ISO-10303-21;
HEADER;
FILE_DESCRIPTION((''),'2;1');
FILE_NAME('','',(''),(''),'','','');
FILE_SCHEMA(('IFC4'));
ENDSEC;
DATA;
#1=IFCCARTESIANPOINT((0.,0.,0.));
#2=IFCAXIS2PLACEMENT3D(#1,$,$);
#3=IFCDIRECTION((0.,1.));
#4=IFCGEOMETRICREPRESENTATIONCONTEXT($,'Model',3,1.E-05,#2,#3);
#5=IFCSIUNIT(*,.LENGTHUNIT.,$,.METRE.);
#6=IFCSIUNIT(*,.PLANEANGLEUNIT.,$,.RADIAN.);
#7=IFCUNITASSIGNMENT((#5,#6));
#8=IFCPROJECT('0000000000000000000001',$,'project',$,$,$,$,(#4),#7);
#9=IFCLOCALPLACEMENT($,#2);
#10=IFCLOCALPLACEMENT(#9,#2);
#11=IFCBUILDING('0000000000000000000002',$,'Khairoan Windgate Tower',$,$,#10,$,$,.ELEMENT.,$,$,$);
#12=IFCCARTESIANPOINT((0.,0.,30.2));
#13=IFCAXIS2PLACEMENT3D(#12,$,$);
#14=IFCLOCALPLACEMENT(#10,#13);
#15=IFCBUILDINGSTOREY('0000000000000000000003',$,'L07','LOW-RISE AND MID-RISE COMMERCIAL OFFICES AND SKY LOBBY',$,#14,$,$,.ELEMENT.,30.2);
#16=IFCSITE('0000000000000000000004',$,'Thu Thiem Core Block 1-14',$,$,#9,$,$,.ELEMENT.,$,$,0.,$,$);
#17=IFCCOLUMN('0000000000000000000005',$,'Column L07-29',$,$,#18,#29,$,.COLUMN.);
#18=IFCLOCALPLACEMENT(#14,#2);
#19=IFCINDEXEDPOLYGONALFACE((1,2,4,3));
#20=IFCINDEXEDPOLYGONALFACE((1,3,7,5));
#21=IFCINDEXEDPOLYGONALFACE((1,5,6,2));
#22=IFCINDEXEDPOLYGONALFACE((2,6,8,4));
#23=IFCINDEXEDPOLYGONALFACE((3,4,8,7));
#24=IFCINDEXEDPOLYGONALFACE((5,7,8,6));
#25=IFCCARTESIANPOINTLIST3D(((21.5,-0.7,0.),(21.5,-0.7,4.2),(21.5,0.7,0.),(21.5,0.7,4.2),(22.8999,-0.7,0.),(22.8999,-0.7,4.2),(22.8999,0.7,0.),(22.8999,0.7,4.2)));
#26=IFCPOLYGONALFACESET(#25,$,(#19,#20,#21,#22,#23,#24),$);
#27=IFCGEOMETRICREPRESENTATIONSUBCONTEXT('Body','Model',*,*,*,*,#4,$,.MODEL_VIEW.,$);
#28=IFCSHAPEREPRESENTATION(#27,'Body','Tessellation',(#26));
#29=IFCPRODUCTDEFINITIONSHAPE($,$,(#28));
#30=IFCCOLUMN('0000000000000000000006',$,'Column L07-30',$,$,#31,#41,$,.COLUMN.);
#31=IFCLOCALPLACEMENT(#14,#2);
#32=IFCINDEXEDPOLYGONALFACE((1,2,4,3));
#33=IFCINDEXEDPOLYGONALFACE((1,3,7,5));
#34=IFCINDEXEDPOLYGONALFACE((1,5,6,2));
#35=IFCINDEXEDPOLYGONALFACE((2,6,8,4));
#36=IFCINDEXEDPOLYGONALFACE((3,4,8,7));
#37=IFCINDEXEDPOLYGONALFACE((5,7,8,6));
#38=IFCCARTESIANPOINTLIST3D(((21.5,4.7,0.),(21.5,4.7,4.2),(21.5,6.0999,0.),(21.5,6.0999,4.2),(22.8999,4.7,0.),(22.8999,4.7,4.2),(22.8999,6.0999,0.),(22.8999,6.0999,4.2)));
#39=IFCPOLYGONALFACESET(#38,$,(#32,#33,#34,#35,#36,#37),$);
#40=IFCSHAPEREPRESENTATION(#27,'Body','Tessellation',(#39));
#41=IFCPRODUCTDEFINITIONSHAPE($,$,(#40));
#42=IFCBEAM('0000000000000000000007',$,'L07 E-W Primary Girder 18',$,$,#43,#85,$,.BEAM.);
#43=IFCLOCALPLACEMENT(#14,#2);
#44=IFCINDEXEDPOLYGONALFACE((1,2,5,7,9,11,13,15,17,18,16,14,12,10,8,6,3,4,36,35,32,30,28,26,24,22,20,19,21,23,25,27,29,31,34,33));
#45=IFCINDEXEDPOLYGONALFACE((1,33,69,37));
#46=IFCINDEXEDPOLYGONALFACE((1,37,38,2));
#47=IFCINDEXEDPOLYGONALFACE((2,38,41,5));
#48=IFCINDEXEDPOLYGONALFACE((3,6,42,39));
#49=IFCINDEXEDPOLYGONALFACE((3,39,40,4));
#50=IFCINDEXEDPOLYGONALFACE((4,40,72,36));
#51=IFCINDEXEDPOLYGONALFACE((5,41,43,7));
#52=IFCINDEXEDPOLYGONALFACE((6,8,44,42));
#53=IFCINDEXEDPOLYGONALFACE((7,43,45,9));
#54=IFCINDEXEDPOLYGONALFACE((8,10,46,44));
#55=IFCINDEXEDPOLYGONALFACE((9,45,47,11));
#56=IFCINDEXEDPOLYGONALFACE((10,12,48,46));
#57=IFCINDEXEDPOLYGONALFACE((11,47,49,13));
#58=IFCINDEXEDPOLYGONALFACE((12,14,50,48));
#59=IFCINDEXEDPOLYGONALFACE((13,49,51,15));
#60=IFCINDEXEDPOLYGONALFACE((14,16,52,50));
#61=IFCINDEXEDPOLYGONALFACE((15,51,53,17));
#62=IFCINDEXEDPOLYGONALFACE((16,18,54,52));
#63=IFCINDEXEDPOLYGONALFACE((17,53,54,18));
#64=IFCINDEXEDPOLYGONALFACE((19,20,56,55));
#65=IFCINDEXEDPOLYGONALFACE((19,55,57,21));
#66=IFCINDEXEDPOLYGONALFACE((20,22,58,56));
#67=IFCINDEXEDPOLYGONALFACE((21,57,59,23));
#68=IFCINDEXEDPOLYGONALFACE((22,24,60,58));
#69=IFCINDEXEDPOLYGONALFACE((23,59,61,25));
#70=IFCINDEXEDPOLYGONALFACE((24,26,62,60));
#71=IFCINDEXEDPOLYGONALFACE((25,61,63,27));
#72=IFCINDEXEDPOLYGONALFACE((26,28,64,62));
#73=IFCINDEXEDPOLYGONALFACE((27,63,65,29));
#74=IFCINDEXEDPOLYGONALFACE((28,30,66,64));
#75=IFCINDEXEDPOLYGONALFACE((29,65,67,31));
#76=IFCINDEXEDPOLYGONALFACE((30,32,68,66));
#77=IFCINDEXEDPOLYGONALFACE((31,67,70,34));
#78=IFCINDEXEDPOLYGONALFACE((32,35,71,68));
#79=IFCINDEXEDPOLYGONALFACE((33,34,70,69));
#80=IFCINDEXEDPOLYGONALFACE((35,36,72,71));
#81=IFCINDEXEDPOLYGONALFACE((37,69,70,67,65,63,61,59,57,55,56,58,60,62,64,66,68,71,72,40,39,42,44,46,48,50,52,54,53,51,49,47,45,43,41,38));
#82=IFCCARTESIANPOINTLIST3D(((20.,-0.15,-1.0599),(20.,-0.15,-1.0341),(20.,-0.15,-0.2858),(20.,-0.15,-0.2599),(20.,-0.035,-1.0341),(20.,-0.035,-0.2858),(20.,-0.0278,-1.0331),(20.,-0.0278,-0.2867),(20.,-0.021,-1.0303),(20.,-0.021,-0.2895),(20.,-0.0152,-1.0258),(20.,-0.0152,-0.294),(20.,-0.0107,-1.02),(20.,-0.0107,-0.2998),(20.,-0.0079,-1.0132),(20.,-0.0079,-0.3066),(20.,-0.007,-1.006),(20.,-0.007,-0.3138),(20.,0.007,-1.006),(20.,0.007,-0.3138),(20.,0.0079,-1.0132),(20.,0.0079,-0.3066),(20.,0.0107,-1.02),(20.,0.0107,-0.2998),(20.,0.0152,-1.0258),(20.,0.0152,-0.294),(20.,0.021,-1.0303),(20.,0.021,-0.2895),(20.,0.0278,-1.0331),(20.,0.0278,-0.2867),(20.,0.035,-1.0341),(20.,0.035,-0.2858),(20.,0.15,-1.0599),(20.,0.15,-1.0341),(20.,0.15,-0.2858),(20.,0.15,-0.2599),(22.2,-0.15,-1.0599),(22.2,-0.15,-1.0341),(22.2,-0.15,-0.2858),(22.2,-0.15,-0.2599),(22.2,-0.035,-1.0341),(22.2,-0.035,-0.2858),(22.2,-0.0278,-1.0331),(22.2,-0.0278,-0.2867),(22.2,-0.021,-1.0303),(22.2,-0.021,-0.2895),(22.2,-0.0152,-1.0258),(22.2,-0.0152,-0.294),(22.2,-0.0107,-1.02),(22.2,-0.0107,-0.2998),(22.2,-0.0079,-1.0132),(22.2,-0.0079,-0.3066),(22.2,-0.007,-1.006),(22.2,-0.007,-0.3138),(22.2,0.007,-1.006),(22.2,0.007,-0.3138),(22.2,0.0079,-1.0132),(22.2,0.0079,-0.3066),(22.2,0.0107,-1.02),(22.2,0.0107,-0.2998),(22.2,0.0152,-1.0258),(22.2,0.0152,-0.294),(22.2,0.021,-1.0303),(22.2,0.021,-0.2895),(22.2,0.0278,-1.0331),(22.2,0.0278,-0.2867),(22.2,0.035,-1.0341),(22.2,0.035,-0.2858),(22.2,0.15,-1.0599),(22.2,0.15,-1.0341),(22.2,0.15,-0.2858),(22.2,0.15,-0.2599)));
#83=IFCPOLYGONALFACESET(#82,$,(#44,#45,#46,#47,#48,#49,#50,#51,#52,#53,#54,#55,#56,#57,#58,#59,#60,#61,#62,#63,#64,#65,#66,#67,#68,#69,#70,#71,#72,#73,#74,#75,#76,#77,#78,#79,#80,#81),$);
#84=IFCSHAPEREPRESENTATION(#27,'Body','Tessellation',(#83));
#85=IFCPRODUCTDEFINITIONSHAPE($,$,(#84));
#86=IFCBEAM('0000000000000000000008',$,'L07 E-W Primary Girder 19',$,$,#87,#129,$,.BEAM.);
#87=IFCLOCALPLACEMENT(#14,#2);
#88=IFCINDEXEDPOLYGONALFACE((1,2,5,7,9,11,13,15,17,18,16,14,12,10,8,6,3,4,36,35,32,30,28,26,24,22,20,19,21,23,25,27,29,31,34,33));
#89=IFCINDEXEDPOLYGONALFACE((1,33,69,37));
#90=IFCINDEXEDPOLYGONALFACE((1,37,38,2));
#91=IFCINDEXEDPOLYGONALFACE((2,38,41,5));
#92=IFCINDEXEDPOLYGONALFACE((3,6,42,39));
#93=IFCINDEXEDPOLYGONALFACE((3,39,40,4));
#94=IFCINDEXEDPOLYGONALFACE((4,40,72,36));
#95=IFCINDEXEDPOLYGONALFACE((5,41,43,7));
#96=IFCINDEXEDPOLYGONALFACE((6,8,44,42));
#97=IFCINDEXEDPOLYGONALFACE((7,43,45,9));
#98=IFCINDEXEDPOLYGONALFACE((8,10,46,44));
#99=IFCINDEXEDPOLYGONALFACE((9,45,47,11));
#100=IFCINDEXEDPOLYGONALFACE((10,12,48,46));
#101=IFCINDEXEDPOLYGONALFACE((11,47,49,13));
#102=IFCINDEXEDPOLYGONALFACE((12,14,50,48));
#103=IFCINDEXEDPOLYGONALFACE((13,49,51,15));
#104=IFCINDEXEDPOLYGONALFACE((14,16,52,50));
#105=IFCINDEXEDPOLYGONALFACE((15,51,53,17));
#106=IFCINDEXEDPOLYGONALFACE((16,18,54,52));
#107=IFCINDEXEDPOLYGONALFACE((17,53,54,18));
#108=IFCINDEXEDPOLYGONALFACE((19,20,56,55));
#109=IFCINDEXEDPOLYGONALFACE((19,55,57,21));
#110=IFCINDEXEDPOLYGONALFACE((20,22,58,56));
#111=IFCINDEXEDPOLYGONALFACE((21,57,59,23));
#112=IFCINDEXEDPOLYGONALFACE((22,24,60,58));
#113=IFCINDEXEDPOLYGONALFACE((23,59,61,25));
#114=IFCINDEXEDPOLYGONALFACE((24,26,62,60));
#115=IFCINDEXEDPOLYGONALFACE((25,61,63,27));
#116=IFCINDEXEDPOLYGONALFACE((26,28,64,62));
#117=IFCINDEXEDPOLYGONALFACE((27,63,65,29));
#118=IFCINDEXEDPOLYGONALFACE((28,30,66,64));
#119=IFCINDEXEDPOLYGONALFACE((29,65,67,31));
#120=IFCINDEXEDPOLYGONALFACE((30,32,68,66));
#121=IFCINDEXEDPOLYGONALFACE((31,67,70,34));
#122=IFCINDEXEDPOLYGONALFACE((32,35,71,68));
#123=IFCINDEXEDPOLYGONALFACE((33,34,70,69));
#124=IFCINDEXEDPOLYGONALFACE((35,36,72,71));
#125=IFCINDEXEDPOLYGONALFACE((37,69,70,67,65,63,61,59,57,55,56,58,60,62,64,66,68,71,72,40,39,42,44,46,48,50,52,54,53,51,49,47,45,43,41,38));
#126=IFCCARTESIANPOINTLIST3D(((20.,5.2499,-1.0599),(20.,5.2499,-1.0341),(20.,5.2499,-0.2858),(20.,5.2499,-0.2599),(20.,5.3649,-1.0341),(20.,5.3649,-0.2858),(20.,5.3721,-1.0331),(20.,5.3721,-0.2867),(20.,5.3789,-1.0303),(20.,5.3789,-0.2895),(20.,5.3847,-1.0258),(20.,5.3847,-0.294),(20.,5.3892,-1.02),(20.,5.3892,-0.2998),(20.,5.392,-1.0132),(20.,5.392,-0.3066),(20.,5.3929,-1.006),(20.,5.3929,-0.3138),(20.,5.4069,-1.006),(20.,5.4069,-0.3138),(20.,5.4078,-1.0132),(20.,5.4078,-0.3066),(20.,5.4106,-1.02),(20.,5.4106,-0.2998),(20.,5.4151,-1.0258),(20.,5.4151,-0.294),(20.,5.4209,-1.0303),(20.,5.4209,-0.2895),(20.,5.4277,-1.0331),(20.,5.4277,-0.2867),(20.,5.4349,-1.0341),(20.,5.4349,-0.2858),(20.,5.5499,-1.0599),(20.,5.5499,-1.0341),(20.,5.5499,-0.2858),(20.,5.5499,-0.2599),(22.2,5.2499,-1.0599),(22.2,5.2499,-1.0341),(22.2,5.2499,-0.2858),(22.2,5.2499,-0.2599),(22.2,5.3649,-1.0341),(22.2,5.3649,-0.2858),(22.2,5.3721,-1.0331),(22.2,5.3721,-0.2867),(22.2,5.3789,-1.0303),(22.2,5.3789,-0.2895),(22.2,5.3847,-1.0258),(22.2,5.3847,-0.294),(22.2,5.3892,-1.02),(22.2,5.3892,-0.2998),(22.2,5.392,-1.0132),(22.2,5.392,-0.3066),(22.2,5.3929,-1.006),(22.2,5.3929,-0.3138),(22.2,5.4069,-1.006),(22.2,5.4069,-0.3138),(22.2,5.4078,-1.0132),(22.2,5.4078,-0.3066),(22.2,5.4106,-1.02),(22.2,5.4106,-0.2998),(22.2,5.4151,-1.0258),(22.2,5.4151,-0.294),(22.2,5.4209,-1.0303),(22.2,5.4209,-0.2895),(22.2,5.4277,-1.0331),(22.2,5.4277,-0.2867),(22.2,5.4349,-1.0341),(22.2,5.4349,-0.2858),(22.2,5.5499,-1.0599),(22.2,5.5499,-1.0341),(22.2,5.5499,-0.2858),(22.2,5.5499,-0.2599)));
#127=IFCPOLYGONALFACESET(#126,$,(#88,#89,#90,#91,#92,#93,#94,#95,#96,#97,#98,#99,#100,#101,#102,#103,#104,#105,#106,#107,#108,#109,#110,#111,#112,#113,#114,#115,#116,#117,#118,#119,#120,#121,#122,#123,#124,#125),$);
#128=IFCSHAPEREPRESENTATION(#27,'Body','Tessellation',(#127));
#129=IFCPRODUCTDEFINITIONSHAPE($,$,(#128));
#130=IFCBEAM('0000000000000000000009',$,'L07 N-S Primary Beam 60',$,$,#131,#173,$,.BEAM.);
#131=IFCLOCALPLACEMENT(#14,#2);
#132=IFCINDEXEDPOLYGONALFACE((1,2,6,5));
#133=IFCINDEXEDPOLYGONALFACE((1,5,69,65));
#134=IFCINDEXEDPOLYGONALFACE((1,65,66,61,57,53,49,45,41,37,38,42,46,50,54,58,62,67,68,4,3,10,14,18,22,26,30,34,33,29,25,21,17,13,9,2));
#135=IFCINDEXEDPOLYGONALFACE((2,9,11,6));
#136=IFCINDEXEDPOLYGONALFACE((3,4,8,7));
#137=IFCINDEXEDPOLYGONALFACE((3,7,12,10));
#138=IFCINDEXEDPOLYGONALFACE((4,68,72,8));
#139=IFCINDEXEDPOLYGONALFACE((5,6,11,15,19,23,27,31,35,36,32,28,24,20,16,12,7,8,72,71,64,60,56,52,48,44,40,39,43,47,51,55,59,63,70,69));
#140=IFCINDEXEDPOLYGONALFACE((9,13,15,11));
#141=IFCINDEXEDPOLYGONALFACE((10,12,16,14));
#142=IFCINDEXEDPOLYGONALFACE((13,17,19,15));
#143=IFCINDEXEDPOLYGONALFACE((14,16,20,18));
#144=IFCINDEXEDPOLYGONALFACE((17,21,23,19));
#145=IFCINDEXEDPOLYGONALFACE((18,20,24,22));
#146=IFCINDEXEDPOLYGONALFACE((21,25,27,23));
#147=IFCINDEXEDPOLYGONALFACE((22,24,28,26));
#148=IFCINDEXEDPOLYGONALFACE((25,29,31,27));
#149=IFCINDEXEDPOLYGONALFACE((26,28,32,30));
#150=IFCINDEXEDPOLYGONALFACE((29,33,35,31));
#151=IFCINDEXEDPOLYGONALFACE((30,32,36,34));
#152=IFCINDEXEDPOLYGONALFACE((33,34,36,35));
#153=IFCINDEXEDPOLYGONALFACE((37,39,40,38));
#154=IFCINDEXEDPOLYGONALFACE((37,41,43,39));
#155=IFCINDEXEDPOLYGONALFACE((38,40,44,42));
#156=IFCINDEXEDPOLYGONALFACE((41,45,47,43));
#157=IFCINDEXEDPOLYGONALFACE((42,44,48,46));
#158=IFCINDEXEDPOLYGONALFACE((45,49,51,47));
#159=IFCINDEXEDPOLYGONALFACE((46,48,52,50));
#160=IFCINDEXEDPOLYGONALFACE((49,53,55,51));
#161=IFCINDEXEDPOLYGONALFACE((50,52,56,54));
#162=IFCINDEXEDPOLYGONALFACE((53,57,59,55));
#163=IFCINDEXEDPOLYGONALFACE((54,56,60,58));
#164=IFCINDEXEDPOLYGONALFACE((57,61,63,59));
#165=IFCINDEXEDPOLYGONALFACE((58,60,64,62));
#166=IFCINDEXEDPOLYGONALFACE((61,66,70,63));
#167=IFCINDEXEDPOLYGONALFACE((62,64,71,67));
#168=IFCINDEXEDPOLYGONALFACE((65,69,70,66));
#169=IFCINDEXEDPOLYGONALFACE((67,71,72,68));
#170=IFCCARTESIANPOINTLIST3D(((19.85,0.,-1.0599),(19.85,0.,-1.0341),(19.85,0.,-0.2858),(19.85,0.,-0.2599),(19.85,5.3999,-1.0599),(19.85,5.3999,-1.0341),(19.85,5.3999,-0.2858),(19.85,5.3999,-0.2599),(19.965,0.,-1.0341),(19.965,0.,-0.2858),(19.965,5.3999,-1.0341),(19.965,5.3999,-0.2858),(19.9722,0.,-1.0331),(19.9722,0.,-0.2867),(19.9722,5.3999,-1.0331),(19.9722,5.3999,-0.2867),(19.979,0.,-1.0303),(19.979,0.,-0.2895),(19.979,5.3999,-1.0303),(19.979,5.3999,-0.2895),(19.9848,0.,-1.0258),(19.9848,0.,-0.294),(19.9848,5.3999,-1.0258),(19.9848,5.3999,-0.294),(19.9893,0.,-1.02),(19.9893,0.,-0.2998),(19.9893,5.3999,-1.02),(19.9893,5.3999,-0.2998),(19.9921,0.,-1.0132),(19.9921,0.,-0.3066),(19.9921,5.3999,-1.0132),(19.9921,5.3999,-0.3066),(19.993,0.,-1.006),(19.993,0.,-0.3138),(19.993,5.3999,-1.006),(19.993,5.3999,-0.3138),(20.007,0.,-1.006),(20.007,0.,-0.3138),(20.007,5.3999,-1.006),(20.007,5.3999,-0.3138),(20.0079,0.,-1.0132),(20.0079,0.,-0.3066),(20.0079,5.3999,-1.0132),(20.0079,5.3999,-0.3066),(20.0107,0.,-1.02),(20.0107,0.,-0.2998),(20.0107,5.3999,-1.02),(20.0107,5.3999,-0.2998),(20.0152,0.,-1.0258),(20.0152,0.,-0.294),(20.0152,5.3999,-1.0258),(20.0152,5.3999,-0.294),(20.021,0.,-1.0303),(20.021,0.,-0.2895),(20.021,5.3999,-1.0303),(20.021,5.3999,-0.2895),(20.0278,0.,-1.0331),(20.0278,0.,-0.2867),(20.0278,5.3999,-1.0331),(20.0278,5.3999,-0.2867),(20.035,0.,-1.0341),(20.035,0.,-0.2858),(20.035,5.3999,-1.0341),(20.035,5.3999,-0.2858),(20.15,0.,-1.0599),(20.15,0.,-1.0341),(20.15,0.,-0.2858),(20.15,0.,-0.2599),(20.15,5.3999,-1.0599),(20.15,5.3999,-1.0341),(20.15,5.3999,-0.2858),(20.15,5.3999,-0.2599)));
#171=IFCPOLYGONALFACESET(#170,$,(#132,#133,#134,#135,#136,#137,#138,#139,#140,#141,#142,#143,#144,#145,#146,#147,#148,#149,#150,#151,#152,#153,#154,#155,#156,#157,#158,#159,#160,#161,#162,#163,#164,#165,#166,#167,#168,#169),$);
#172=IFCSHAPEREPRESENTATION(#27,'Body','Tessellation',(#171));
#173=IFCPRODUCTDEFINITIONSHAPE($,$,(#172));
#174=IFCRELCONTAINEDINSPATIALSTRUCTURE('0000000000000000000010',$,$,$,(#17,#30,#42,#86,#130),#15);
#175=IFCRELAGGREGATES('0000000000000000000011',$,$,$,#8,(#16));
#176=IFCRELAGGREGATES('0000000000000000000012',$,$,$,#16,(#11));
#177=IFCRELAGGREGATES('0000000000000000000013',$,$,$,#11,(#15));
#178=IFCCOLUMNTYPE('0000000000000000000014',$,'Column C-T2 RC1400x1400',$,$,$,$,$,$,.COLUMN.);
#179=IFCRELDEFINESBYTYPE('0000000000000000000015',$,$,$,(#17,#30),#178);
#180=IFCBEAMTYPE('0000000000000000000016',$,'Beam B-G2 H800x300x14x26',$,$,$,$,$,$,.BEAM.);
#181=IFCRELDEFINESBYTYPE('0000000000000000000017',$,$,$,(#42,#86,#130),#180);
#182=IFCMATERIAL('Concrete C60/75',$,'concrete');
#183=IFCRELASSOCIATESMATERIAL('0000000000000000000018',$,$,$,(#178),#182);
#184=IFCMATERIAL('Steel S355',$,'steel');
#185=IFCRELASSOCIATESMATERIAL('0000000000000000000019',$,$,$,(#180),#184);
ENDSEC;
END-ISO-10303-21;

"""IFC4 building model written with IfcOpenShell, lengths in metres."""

from ifc_helpers import new_model, si_unit, direction, frame, origin, origin_2d, place, context, subcontext, project, spatial, rectangle, i_section, extrude, material, material_profile, profile_set, type_object, element, save


model = new_model("IFC4")

# Units and contexts
model_context = context("Model", 3, precision=1e-05, world=origin(), true_north=direction((0.0, 1.0)))
body_context = subcontext(model_context, "Body", "Model", "MODEL_VIEW")
ifc_project = project(units=[si_unit("LENGTHUNIT", "METRE"), si_unit("PLANEANGLEUNIT", "RADIAN")], contexts=[model_context])

# Site, building, storey
site_placement = place(None, origin())
site = spatial("IfcSite", under=ifc_project, at=site_placement, Name="Thu Thiem Core Block 1-14", CompositionType="ELEMENT", RefElevation=0.0)
building_placement = place(site_placement, origin())
building = spatial("IfcBuilding", under=site, at=building_placement, Name="Khairoan Windgate Tower", CompositionType="ELEMENT")
storey_placement = place(building_placement, frame((0.0, 0.0, 30.2)))
storey = spatial("IfcBuildingStorey", under=building, at=storey_placement, Name="L07", Description="LOW-RISE AND MID-RISE COMMERCIAL OFFICES AND SKY LOBBY", CompositionType="ELEMENT", Elevation=30.2)

# Columns
ifc_material_1 = material(Name="Concrete C60/75", Category="concrete")
ifc_material_profile_1 = material_profile(ifc_material_1, rectangle(XDim=1.3999, YDim=1.3999, at=origin_2d()))
ifc_profile_set_1 = profile_set([ifc_material_profile_1], Name="Concrete C60/75")
column_type = type_object("IfcColumnType", Name="Column C-T2 RC1400x1400", PredefinedType="COLUMN", material=ifc_profile_set_1)
for number, where, z_axis, x_axis, name in (
    (1, (22.2, 0.0, 0.0), (0.0, 0.0, 1.0), (1.0, 0.0, 0.0), "Column L07-29"),
    (2, (22.2, 5.3999, 0.0), (0.0, 0.0, 1.0), (1.0, 0.0, 0.0), "Column L07-30"),
):
    element("IfcColumn", number, at=place(storey_placement, frame(where, z_axis=z_axis, x_axis=x_axis)), inside=storey, type_object=column_type, Name=name, PredefinedType="COLUMN", context=body_context, shape_type="SweptSolid", body=[
        extrude(rectangle(XDim=1.3999, YDim=1.3999, at=origin_2d()), origin(), (0.0, 0.0, 1.0), 4.2),
    ])

# Beams
ifc_material_2 = material(Name="Steel S355", Category="steel")
ifc_material_profile_2 = material_profile(ifc_material_2, i_section(OverallWidth=0.3, OverallDepth=0.8, WebThickness=0.0139, FlangeThickness=0.0259, FilletRadius=0.0281, at=origin_2d()))
ifc_profile_set_2 = profile_set([ifc_material_profile_2], Name="Steel S355")
beam_type_1 = type_object("IfcBeamType", Name="Beam B-G2 H800x300x14x26", PredefinedType="BEAM", material=ifc_profile_set_2)
for number, where, z_axis, x_axis, name in (
    (3, (20.0, 0.0, -0.6599), (1.0, 0.0, 0.0), (0.0, 1.0, 0.0), "L07 E-W Primary Girder 18"),
    (4, (20.0, 5.3999, -0.6599), (1.0, 0.0, 0.0), (0.0, 1.0, 0.0), "L07 E-W Primary Girder 19"),
):
    element("IfcBeam", number, at=place(storey_placement, frame(where, z_axis=z_axis, x_axis=x_axis)), inside=storey, type_object=beam_type_1, Name=name, PredefinedType="BEAM", context=body_context, shape_type="SweptSolid", body=[
        extrude(i_section(OverallWidth=0.3, OverallDepth=0.8, WebThickness=0.0139, FlangeThickness=0.0259, FilletRadius=0.0281, at=origin_2d()), origin(), (0.0, 0.0, 1.0), 2.2),
    ])
beam_1_placement = place(storey_placement, frame((20.0, 0.0, -0.6599), z_axis=(0.0, 1.0, 0.0), x_axis=(-1.0, 0.0, 0.0)))
element("IfcBeam", 5, at=beam_1_placement, inside=storey, type_object=beam_type_1, Name="L07 N-S Primary Beam 60", PredefinedType="BEAM", context=body_context, shape_type="SweptSolid", body=[
    extrude(i_section(OverallWidth=0.3, OverallDepth=0.8, WebThickness=0.0139, FlangeThickness=0.0259, FilletRadius=0.0281, at=origin_2d()), origin(), (0.0, 0.0, 1.0), 5.3999),
])

save(model, "model.ifc")
